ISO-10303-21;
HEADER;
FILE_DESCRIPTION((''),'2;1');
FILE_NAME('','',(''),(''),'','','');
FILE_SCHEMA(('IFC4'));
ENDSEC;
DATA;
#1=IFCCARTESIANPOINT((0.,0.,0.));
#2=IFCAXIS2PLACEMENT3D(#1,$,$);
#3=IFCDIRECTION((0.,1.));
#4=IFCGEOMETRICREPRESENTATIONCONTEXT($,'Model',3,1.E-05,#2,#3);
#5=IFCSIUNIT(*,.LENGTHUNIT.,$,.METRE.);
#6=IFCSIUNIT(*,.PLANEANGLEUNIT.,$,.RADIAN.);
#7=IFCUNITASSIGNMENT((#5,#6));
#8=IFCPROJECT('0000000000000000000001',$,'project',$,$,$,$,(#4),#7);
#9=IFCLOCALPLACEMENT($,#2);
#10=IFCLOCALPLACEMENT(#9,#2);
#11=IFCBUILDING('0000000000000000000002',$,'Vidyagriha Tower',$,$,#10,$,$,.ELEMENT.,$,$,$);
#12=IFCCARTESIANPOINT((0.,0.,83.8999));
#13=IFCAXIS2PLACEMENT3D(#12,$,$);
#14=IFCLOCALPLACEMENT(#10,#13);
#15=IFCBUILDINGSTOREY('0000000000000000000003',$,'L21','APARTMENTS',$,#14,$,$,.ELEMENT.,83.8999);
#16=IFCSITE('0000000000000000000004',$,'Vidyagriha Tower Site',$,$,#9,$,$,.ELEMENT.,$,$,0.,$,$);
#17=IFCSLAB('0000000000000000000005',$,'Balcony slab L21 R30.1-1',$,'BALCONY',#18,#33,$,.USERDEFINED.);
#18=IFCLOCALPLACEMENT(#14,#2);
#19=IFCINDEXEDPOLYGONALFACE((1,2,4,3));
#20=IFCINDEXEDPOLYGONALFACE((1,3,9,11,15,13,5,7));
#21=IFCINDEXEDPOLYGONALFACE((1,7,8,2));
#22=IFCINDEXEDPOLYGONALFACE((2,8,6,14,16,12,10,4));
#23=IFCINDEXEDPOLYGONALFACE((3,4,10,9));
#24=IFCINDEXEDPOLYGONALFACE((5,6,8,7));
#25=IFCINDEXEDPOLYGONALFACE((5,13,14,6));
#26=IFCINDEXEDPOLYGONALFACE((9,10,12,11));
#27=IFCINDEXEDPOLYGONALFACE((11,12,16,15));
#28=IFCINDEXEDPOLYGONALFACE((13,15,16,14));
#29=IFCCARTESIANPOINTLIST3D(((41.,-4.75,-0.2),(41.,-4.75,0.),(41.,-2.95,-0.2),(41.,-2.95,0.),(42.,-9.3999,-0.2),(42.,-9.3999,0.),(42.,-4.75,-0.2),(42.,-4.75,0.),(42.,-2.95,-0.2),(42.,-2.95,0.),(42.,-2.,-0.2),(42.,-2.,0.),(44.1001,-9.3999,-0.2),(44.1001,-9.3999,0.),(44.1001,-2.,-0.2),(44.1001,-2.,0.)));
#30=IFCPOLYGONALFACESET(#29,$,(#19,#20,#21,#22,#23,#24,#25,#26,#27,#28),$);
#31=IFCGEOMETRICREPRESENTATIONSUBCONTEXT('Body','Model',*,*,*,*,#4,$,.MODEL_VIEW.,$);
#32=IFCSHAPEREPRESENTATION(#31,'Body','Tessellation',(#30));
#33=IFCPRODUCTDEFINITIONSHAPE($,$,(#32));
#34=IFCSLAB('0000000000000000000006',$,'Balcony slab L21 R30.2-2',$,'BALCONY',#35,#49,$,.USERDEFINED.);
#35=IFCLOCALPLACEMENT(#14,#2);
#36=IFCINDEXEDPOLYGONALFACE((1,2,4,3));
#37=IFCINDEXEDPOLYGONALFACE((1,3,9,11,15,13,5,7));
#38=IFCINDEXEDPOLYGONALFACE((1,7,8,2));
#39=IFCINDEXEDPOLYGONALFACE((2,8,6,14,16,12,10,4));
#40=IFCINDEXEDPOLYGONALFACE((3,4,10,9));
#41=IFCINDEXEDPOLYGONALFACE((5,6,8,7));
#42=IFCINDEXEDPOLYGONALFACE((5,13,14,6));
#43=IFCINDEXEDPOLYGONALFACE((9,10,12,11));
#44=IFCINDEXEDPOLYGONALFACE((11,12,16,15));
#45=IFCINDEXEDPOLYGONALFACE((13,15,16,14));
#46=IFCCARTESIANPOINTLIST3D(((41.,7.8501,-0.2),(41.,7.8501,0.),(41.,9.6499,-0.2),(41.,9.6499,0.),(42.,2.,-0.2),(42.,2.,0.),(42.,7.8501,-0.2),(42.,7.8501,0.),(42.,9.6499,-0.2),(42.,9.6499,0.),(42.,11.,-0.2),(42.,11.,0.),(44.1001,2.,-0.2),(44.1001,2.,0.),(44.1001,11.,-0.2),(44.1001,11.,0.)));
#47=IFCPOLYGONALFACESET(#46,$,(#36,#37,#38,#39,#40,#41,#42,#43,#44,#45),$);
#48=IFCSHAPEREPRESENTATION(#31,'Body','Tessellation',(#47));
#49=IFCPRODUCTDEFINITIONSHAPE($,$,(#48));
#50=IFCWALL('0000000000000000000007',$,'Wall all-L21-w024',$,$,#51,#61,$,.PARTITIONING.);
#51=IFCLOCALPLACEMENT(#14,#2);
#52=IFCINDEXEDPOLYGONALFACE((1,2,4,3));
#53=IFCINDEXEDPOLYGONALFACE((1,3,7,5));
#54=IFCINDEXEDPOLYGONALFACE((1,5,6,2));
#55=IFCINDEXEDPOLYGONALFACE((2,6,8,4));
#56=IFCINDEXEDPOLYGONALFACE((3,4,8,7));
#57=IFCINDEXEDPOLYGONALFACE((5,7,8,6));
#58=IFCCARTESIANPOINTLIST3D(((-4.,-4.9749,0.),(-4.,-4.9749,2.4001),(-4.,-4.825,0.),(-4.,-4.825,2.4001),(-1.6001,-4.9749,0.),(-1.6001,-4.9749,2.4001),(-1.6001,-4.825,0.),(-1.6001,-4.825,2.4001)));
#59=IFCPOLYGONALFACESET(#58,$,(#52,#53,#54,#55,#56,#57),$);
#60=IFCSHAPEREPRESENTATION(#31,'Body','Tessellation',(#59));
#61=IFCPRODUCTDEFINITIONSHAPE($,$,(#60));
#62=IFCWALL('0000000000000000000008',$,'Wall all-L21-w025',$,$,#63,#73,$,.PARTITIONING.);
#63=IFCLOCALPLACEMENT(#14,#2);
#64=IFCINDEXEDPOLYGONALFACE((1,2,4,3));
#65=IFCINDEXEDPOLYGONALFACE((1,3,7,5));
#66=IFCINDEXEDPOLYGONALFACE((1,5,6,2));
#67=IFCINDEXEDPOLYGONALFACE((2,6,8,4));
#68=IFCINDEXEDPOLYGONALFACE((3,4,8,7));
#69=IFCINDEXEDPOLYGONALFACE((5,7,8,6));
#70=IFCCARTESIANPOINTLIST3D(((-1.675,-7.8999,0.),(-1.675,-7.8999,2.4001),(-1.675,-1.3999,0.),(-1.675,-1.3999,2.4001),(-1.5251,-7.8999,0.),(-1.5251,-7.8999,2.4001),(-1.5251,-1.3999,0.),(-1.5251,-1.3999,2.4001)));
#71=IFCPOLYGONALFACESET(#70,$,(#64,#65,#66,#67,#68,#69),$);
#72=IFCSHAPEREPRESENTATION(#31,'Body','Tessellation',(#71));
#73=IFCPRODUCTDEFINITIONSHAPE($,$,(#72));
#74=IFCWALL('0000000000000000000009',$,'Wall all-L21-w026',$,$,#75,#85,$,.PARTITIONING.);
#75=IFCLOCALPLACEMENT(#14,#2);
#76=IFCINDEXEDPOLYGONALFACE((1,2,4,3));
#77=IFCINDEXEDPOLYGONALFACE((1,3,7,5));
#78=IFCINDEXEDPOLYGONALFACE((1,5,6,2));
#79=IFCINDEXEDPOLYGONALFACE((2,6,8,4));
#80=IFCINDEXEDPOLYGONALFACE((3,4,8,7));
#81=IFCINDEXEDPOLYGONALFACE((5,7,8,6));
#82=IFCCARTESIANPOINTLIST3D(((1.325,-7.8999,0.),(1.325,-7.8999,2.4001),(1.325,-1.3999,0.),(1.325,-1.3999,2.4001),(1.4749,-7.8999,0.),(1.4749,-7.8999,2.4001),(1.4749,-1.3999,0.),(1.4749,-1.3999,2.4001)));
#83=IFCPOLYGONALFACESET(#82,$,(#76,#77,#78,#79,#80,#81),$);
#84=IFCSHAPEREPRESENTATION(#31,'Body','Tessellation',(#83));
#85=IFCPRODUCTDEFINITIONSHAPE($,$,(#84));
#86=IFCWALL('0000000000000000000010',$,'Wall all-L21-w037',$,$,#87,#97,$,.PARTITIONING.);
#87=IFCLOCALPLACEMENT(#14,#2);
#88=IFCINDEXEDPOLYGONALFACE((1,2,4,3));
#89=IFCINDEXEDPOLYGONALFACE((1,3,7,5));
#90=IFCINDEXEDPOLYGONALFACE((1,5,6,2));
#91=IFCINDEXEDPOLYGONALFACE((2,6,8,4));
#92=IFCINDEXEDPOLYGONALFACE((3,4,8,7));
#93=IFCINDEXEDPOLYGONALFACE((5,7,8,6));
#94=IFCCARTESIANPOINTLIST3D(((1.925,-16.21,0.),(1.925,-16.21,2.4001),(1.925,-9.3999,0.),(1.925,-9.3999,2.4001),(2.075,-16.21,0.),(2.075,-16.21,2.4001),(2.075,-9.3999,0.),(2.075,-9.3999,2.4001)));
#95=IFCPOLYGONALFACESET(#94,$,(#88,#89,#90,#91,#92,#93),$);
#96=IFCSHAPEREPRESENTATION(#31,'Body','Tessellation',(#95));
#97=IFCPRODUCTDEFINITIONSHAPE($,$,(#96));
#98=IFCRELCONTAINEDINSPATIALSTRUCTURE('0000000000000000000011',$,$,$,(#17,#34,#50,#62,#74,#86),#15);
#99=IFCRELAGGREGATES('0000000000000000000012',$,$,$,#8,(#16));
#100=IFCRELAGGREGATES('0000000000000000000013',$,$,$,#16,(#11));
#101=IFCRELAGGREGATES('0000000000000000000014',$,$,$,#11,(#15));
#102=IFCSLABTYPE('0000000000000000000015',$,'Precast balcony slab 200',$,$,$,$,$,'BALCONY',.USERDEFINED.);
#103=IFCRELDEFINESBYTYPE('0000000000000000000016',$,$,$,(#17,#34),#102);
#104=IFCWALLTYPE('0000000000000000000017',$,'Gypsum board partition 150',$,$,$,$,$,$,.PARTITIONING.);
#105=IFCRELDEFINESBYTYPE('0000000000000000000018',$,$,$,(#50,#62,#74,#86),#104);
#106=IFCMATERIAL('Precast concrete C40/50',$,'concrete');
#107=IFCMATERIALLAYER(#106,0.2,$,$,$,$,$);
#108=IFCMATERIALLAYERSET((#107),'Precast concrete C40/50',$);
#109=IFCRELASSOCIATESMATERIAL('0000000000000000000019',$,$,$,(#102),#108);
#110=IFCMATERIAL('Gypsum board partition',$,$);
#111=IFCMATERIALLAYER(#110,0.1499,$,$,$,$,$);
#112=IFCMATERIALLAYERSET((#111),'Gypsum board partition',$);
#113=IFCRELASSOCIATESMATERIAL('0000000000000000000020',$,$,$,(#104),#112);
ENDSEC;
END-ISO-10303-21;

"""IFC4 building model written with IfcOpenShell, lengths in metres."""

from ifc_helpers import new_model, si_unit, direction, frame, frame_2d, origin, place, context, subcontext, project, spatial, polyline, rectangle, outline, extrude, material, layer, layer_set, type_object, element, save


model = new_model("IFC4")

# Units and contexts
model_context = context("Model", 3, precision=1e-05, world=origin(), true_north=direction((0.0, 1.0)))
body_context = subcontext(model_context, "Body", "Model", "MODEL_VIEW")
ifc_project = project(units=[si_unit("LENGTHUNIT", "METRE"), si_unit("PLANEANGLEUNIT", "RADIAN")], contexts=[model_context])

# Site, building, storey
site_placement = place(None, origin())
site = spatial("IfcSite", under=ifc_project, at=site_placement, Name="Vidyagriha Tower Site", CompositionType="ELEMENT", RefElevation=0.0)
building_placement = place(site_placement, origin())
building = spatial("IfcBuilding", under=site, at=building_placement, Name="Vidyagriha Tower", CompositionType="ELEMENT")
storey_placement = place(building_placement, frame((0.0, 0.0, 83.8999)))
storey = spatial("IfcBuildingStorey", under=building, at=storey_placement, Name="L21", Description="APARTMENTS", CompositionType="ELEMENT", Elevation=83.8999)

# Slabs
ifc_material_1 = material(Name="Precast concrete C40/50", Category="concrete")
ifc_layer_1 = layer(ifc_material_1, 0.2)
ifc_layer_set_1 = layer_set([ifc_layer_1], Name="Precast concrete C40/50")
slab_type_1 = type_object("IfcSlabType", Name="Precast balcony slab 200", ElementType="BALCONY", PredefinedType="USERDEFINED", material=ifc_layer_set_1)
slab_1_placement = place(storey_placement, frame((0.0, 0.0, -0.2)))
element("IfcSlab", 1, at=slab_1_placement, inside=storey, type_object=slab_type_1, Name="Balcony slab L21 R30.1-1", ObjectType="BALCONY", PredefinedType="USERDEFINED", context=body_context, shape_type="SweptSolid", body=[
    extrude(outline(polyline([(42.0, -4.75), (42.0, -9.3999), (44.1001, -9.3999), (44.1001, -2.0), (42.0, -2.0), (42.0, -2.95), (41.0, -2.95), (41.0, -4.75), (42.0, -4.75)])), origin(), (0.0, 0.0, 1.0), 0.2),
])
slab_2_placement = place(storey_placement, frame((0.0, 0.0, -0.2)))
element("IfcSlab", 2, at=slab_2_placement, inside=storey, type_object=slab_type_1, Name="Balcony slab L21 R30.2-2", ObjectType="BALCONY", PredefinedType="USERDEFINED", context=body_context, shape_type="SweptSolid", body=[
    extrude(outline(polyline([(42.0, 7.8501), (42.0, 2.0), (44.1001, 2.0), (44.1001, 11.0), (42.0, 11.0), (42.0, 9.6499), (41.0, 9.6499), (41.0, 7.8501), (42.0, 7.8501)])), origin(), (0.0, 0.0, 1.0), 0.2),
])

# Walls
ifc_material_2 = material(Name="Gypsum board partition")
ifc_layer_2 = layer(ifc_material_2, 0.1499)
ifc_layer_set_2 = layer_set([ifc_layer_2], Name="Gypsum board partition")
wall_type = type_object("IfcWallType", Name="Gypsum board partition 150", PredefinedType="PARTITIONING", material=ifc_layer_set_2)
wall_1_placement = place(storey_placement, frame((-1.6001, -4.8999, 0.0), z_axis=(0.0, 0.0, 1.0), x_axis=(-1.0, 0.0, 0.0)))
element("IfcWall", 3, at=wall_1_placement, inside=storey, type_object=wall_type, Name="Wall all-L21-w024", PredefinedType="PARTITIONING", context=body_context, shape_type="SweptSolid", body=[
    extrude(rectangle(XDim=2.3999, YDim=0.1499, at=frame_2d((1.2, 0.0))), origin(), (0.0, 0.0, 1.0), 2.4001),
])
for number, where, z_axis, x_axis, name in (
    (4, (-1.6001, -1.3999, 0.0), (0.0, 0.0, 1.0), (0.0, -1.0, 0.0), "Wall all-L21-w025"),
    (5, (1.3999, -1.3999, 0.0), (0.0, 0.0, 1.0), (0.0, -1.0, 0.0), "Wall all-L21-w026"),
):
    element("IfcWall", number, at=place(storey_placement, frame(where, z_axis=z_axis, x_axis=x_axis)), inside=storey, type_object=wall_type, Name=name, PredefinedType="PARTITIONING", context=body_context, shape_type="SweptSolid", body=[
        extrude(rectangle(XDim=6.5, YDim=0.1499, at=frame_2d((3.25, 0.0))), origin(), (0.0, 0.0, 1.0), 2.4001),
    ])
wall_2_placement = place(storey_placement, frame((2.0, -9.3999, 0.0), z_axis=(0.0, 0.0, 1.0), x_axis=(0.0, -1.0, 0.0)))
element("IfcWall", 6, at=wall_2_placement, inside=storey, type_object=wall_type, Name="Wall all-L21-w037", PredefinedType="PARTITIONING", context=body_context, shape_type="SweptSolid", body=[
    extrude(rectangle(XDim=6.8101, YDim=0.1499, at=frame_2d((3.405, 0.0))), origin(), (0.0, 0.0, 1.0), 2.4001),
])

save(model, "model.ifc")
